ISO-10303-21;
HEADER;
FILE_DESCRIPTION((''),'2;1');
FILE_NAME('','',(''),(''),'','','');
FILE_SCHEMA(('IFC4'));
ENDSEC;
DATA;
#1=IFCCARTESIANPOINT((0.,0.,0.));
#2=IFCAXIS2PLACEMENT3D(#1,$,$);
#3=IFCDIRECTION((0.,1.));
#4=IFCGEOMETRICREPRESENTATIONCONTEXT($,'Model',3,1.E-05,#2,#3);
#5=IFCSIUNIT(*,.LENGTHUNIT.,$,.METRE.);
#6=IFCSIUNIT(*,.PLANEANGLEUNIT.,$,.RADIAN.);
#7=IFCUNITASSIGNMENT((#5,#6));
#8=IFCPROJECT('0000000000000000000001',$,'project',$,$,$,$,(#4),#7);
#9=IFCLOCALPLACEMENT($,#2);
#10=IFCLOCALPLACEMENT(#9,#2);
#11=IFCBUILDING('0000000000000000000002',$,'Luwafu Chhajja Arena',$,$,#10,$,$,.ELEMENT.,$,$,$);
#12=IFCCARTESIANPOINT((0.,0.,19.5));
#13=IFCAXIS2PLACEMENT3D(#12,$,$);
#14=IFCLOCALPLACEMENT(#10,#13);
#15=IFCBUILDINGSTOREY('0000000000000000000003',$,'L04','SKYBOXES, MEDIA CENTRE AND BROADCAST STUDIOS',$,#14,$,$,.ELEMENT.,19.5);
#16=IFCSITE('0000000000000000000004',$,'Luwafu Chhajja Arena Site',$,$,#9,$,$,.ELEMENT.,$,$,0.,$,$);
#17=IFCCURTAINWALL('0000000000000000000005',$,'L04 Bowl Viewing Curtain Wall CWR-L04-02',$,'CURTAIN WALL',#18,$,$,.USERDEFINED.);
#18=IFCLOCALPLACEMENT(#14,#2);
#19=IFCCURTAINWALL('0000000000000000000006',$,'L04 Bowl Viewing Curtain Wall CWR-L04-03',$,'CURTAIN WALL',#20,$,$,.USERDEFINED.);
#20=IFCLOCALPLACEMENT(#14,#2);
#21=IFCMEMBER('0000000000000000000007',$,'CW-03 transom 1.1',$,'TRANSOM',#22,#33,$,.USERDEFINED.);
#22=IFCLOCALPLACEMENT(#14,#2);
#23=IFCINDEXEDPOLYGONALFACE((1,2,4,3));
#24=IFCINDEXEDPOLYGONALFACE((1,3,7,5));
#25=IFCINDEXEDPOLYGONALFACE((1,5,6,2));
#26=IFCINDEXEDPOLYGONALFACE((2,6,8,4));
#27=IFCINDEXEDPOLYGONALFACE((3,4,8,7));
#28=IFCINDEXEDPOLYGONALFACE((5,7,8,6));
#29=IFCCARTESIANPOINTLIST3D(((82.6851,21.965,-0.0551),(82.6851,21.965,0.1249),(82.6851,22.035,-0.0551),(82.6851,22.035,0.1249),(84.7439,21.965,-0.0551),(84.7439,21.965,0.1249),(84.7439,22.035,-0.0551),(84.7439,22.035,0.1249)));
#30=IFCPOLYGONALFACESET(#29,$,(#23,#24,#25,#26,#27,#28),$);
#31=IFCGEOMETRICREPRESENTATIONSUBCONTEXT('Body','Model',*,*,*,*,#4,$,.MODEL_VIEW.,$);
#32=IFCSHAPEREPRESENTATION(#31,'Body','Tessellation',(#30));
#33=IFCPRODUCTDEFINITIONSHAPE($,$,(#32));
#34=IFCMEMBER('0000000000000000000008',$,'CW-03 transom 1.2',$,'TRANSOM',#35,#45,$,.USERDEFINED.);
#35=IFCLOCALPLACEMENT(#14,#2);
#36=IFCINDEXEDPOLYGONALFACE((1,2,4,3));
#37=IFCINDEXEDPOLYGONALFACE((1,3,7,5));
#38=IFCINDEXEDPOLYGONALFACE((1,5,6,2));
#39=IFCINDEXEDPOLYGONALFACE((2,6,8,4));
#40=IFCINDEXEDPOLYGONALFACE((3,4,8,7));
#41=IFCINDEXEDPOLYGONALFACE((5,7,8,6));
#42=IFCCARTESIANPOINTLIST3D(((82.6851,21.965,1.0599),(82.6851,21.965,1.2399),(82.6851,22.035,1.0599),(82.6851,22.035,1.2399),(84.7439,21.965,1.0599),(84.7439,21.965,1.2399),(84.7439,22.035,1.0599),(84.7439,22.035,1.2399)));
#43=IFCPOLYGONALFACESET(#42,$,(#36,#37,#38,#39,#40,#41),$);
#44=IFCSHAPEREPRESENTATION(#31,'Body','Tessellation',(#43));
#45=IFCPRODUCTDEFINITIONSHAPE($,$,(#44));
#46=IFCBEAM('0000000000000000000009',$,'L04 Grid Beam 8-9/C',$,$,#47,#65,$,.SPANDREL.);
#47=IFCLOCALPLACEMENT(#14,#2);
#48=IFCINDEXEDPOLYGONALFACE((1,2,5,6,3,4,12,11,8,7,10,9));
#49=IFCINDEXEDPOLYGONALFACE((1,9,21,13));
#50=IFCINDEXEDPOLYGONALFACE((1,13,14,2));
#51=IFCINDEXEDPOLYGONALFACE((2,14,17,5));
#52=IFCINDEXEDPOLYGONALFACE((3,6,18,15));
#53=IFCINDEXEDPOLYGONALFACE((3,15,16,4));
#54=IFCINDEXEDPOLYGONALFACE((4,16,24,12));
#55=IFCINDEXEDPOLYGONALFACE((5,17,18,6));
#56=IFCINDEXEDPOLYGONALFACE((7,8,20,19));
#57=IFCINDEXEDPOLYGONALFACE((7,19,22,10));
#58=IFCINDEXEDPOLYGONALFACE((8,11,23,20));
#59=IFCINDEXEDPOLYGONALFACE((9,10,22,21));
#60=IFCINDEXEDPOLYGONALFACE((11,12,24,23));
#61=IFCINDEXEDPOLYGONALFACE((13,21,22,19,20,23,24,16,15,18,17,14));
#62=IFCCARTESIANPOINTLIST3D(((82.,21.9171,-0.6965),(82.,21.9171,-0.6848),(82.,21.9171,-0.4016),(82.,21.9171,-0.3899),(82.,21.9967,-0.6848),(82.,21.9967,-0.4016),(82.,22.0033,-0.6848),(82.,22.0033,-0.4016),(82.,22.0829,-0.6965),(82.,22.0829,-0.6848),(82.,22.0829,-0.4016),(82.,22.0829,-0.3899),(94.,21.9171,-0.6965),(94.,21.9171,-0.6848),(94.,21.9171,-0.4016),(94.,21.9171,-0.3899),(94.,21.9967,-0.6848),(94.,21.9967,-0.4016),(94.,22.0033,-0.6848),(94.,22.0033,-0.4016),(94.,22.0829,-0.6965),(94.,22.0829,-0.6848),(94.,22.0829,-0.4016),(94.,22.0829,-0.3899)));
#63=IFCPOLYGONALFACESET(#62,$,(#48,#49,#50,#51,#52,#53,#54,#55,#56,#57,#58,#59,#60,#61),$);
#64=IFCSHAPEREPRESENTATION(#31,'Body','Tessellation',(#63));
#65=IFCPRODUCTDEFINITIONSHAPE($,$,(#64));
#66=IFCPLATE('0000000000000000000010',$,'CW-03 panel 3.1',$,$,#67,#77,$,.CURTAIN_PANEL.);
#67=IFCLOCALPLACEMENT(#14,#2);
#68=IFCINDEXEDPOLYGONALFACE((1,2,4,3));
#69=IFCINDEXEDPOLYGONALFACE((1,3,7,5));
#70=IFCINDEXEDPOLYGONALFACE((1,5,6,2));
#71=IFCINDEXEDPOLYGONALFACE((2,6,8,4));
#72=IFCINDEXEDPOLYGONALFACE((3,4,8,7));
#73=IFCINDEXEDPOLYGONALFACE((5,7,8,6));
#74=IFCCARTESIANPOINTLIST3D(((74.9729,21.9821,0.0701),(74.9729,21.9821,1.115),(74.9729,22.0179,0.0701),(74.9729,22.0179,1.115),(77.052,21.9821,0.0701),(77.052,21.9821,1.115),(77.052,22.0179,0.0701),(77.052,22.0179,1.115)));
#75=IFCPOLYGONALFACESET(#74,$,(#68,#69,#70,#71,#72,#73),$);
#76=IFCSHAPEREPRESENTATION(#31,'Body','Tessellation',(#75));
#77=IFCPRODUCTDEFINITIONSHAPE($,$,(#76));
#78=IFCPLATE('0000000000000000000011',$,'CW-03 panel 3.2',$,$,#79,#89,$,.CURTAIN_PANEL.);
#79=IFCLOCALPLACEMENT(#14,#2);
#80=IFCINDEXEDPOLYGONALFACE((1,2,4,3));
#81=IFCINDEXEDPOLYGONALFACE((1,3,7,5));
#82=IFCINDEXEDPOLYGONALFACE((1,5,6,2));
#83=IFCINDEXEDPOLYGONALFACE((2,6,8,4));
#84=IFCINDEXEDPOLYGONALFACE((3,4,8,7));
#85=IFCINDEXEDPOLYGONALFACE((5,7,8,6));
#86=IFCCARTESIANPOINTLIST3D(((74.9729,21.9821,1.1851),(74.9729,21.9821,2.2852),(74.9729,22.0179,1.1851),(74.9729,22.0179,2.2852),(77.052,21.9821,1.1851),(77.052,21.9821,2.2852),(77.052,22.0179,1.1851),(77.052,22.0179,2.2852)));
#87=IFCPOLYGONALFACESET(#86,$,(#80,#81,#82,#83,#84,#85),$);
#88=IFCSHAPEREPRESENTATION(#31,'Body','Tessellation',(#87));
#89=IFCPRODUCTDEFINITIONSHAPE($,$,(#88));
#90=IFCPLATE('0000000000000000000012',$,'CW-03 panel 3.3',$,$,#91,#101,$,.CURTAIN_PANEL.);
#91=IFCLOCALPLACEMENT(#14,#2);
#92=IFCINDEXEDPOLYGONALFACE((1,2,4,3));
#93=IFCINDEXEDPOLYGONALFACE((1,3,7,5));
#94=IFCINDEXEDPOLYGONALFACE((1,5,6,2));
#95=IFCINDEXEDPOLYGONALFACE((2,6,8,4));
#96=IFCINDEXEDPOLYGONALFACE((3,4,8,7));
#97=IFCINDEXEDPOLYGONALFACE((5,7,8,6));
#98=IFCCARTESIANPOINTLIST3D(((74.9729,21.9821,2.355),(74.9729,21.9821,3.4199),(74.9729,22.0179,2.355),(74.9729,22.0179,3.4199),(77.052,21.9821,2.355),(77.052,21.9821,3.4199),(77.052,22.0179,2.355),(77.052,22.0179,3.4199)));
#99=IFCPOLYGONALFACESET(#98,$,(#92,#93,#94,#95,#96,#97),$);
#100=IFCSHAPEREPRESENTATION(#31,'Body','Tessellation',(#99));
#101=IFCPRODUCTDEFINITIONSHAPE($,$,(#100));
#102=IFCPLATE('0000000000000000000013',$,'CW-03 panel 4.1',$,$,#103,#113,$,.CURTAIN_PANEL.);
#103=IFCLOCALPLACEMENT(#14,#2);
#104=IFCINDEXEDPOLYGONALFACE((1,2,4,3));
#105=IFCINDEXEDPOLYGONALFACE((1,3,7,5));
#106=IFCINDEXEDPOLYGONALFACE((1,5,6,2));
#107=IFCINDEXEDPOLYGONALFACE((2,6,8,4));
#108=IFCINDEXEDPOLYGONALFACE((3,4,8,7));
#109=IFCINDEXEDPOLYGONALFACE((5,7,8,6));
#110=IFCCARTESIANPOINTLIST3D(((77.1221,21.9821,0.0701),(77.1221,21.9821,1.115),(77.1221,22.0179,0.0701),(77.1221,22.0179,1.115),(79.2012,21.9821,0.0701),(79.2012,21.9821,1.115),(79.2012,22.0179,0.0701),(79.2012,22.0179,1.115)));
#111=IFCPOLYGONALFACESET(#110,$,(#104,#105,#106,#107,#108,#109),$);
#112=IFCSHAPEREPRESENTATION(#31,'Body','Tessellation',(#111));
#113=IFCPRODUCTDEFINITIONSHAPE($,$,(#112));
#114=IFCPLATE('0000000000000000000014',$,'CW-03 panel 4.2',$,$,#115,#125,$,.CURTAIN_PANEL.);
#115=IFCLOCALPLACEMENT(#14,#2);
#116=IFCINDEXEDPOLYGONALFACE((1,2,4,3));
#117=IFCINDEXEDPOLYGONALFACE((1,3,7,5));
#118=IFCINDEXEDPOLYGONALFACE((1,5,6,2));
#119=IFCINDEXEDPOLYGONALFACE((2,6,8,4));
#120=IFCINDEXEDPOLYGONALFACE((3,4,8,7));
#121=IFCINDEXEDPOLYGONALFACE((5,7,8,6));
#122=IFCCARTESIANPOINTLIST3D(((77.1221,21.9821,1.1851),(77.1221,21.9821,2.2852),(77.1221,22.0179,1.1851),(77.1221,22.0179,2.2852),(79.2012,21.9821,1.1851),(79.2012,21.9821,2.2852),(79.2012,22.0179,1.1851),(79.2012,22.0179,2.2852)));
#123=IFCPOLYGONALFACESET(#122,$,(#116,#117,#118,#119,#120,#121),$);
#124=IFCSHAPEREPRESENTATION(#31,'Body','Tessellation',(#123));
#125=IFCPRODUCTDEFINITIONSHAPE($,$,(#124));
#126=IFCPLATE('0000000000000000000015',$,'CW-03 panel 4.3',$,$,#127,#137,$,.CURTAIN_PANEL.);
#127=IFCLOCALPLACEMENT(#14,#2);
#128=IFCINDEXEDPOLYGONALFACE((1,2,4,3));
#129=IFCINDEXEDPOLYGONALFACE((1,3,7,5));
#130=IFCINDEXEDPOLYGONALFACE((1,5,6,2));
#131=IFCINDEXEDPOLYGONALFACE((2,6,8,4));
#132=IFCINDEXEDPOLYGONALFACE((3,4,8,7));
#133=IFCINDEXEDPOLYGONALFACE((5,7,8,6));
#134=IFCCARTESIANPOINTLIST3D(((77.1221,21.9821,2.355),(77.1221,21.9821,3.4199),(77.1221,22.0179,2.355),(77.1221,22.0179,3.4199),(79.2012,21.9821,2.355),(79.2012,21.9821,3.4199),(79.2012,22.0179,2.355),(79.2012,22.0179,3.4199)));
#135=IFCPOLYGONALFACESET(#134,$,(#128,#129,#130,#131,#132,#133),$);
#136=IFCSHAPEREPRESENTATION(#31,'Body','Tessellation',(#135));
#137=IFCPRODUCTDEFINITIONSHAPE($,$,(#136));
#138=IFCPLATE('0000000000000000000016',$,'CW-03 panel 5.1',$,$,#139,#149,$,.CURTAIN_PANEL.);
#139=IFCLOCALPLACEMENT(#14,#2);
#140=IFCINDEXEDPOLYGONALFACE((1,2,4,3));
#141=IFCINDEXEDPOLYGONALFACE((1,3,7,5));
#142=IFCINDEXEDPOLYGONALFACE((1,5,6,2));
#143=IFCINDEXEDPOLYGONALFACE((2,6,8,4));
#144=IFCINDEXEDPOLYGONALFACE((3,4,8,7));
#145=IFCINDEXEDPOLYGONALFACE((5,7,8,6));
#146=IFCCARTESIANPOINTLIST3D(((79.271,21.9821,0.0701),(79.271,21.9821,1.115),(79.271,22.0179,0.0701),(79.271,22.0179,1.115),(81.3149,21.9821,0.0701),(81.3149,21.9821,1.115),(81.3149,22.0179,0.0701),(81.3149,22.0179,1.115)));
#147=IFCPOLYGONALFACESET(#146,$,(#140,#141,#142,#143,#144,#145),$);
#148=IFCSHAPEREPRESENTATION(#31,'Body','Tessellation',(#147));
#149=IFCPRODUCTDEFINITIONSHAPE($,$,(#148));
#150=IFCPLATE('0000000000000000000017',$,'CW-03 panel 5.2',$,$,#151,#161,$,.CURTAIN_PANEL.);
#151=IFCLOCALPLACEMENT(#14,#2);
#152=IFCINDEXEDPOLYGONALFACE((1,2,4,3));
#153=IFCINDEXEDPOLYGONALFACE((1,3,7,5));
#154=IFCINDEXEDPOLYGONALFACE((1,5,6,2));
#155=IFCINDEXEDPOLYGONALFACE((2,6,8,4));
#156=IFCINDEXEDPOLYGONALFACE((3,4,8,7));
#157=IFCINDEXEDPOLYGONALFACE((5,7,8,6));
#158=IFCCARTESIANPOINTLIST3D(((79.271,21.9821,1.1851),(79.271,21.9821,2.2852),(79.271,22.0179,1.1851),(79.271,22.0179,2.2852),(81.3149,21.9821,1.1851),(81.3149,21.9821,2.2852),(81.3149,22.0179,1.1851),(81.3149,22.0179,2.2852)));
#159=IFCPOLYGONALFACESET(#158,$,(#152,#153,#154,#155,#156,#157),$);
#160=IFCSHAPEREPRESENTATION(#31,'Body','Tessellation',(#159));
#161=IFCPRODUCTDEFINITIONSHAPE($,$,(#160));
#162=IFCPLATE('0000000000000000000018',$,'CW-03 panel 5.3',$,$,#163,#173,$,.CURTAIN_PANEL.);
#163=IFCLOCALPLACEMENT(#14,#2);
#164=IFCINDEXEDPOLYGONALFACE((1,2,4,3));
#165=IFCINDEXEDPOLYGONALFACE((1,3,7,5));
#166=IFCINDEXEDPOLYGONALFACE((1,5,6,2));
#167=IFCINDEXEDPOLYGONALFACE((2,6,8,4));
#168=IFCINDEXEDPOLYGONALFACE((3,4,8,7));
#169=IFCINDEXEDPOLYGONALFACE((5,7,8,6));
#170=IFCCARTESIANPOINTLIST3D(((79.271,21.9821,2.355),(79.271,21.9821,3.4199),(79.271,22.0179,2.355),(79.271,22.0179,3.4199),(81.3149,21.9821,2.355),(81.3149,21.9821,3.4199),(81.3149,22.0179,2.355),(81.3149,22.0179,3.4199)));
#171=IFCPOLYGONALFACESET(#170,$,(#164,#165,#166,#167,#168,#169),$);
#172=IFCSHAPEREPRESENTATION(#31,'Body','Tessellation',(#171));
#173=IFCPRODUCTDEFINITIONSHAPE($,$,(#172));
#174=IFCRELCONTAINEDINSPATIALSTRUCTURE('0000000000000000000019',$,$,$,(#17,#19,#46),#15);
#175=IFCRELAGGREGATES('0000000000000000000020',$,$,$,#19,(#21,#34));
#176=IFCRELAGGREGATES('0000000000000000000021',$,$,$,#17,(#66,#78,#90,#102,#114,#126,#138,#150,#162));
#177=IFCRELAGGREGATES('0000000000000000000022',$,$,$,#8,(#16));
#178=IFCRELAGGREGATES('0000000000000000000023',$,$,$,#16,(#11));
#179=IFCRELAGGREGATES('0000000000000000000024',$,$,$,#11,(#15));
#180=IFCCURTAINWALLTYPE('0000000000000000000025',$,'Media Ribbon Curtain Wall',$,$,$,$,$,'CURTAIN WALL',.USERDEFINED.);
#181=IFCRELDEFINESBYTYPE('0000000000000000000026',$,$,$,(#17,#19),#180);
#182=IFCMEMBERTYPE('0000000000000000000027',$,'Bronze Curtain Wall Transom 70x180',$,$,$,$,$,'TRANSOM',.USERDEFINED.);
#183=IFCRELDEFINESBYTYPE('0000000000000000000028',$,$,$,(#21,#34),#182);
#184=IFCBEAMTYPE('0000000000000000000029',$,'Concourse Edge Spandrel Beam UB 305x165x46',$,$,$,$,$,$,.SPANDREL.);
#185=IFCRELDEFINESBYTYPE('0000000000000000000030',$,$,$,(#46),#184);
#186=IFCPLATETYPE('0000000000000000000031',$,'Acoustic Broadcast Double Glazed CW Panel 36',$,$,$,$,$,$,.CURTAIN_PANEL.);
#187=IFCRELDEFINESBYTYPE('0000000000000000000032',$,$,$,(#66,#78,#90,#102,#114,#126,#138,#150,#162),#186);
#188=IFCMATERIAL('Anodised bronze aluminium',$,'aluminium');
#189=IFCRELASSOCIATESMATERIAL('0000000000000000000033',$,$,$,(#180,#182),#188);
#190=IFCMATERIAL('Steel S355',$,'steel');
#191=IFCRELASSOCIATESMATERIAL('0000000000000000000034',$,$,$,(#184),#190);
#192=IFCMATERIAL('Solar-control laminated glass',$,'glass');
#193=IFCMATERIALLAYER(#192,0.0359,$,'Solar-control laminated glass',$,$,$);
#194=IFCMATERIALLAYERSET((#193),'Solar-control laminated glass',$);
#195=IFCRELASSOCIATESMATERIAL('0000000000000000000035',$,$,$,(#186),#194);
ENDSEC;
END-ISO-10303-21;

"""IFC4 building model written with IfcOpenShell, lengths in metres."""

from ifc_helpers import new_model, si_unit, direction, frame, origin, origin_2d, place, context, subcontext, project, spatial, rectangle, i_section, extrude, material, layer, layer_set, material_profile, profile_set, type_object, element, aggregate, save


model = new_model("IFC4")

# Units and contexts
model_context = context("Model", 3, precision=1e-05, world=origin(), true_north=direction((0.0, 1.0)))
body_context = subcontext(model_context, "Body", "Model", "MODEL_VIEW")
ifc_project = project(units=[si_unit("LENGTHUNIT", "METRE"), si_unit("PLANEANGLEUNIT", "RADIAN")], contexts=[model_context])

# Site, building, storey
site_placement = place(None, origin())
site = spatial("IfcSite", under=ifc_project, at=site_placement, Name="Luwafu Chhajja Arena Site", CompositionType="ELEMENT", RefElevation=0.0)
building_placement = place(site_placement, origin())
building = spatial("IfcBuilding", under=site, at=building_placement, Name="Luwafu Chhajja Arena", CompositionType="ELEMENT")
storey_placement = place(building_placement, frame((0.0, 0.0, 19.5)))
storey = spatial("IfcBuildingStorey", under=building, at=storey_placement, Name="L04", Description="SKYBOXES, MEDIA CENTRE AND BROADCAST STUDIOS", CompositionType="ELEMENT", Elevation=19.5)

# Curtain wall
ifc_material_1 = material(Name="Anodised bronze aluminium", Category="aluminium")
curtain_wall_type = type_object("IfcCurtainWallType", Name="Media Ribbon Curtain Wall", ElementType="CURTAIN WALL", PredefinedType="USERDEFINED", material=ifc_material_1)
curtain_wall_1_placement = place(storey_placement, origin())
curtain_wall_1 = element("IfcCurtainWall", 1, at=curtain_wall_1_placement, inside=storey, type_object=curtain_wall_type, Name="L04 Bowl Viewing Curtain Wall CWR-L04-02", ObjectType="CURTAIN WALL", PredefinedType="USERDEFINED")

# Curtain wall
curtain_wall_2_placement = place(storey_placement, origin())
curtain_wall_2 = element("IfcCurtainWall", 2, at=curtain_wall_2_placement, inside=storey, type_object=curtain_wall_type, Name="L04 Bowl Viewing Curtain Wall CWR-L04-03", ObjectType="CURTAIN WALL", PredefinedType="USERDEFINED")

# Members
ifc_material_profile_1 = material_profile(ifc_material_1, rectangle(XDim=0.0701, YDim=0.1799, at=origin_2d()), Name="CWT 70x180")
ifc_profile_set_1 = profile_set([ifc_material_profile_1], Name="Anodised bronze aluminium")
member_type_1 = type_object("IfcMemberType", Name="Bronze Curtain Wall Transom 70x180", ElementType="TRANSOM", PredefinedType="USERDEFINED", material=ifc_profile_set_1)
member_1_placement = place(storey_placement, frame((82.6851, 22.0, 0.0349), z_axis=(1.0, 0.0, 0.0), x_axis=(0.0, 1.0, 0.0)))
member_1 = element("IfcMember", 3, at=member_1_placement, type_object=member_type_1, Name="CW-03 transom 1.1", ObjectType="TRANSOM", PredefinedType="USERDEFINED", context=body_context, shape_type="SweptSolid", body=[
    extrude(rectangle(XDim=0.0701, YDim=0.1799, at=origin_2d()), origin(), (0.0, 0.0, 1.0), 2.0588),
])
member_2_placement = place(storey_placement, frame((82.6851, 22.0, 1.1499), z_axis=(1.0, 0.0, 0.0), x_axis=(0.0, 1.0, 0.0)))
member_2 = element("IfcMember", 4, at=member_2_placement, type_object=member_type_1, Name="CW-03 transom 1.2", ObjectType="TRANSOM", PredefinedType="USERDEFINED", context=body_context, shape_type="SweptSolid", body=[
    extrude(rectangle(XDim=0.0701, YDim=0.1799, at=origin_2d()), origin(), (0.0, 0.0, 1.0), 2.0588),
])
aggregate(curtain_wall_2, [member_1, member_2])

# Beam
ifc_material_2 = material(Name="Steel S355", Category="steel")
ifc_material_profile_2 = material_profile(ifc_material_2, i_section(OverallWidth=0.1658, OverallDepth=0.3066, WebThickness=0.0066, FlangeThickness=0.0117, at=origin_2d()), Name="UB 305x165x46")
ifc_profile_set_2 = profile_set([ifc_material_profile_2], Name="Steel S355")
beam_type = type_object("IfcBeamType", Name="Concourse Edge Spandrel Beam UB 305x165x46", PredefinedType="SPANDREL", material=ifc_profile_set_2)
beam_placement = place(storey_placement, frame((82.0, 22.0, -0.5432), z_axis=(1.0, 0.0, 0.0), x_axis=(0.0, 1.0, 0.0)))
element("IfcBeam", 5, at=beam_placement, inside=storey, type_object=beam_type, Name="L04 Grid Beam 8-9/C", PredefinedType="SPANDREL", context=body_context, shape_type="SweptSolid", body=[
    extrude(i_section(OverallWidth=0.1658, OverallDepth=0.3066, WebThickness=0.0066, FlangeThickness=0.0117, at=origin_2d()), origin(), (0.0, 0.0, 1.0), 12.0),
])

# Plates
ifc_material_3 = material(Name="Solar-control laminated glass", Category="glass")
ifc_layer = layer(ifc_material_3, 0.0359, Name="Solar-control laminated glass")
ifc_layer_set = layer_set([ifc_layer], Name="Solar-control laminated glass")
plate_type = type_object("IfcPlateType", Name="Acoustic Broadcast Double Glazed CW Panel 36", PredefinedType="CURTAIN_PANEL", material=ifc_layer_set)
plate_1_placement = place(storey_placement, frame((76.0125, 22.0, 0.0701), z_axis=(0.0, 0.0, 1.0), x_axis=(1.0, 0.0, 0.0)))
plate_1 = element("IfcPlate", 6, at=plate_1_placement, type_object=plate_type, Name="CW-03 panel 3.1", PredefinedType="CURTAIN_PANEL", context=body_context, shape_type="SweptSolid", body=[
    extrude(rectangle(XDim=2.0791, YDim=0.0359, at=origin_2d()), origin(), (0.0, 0.0, 1.0), 1.0449),
])
plate_2_placement = place(storey_placement, frame((76.0125, 22.0, 1.1851), z_axis=(0.0, 0.0, 1.0), x_axis=(1.0, 0.0, 0.0)))
plate_2 = element("IfcPlate", 7, at=plate_2_placement, type_object=plate_type, Name="CW-03 panel 3.2", PredefinedType="CURTAIN_PANEL", context=body_context, shape_type="SweptSolid", body=[
    extrude(rectangle(XDim=2.0791, YDim=0.0359, at=origin_2d()), origin(), (0.0, 0.0, 1.0), 1.1001),
])
plate_3_placement = place(storey_placement, frame((76.0125, 22.0, 2.355), z_axis=(0.0, 0.0, 1.0), x_axis=(1.0, 0.0, 0.0)))
plate_3 = element("IfcPlate", 8, at=plate_3_placement, type_object=plate_type, Name="CW-03 panel 3.3", PredefinedType="CURTAIN_PANEL", context=body_context, shape_type="SweptSolid", body=[
    extrude(rectangle(XDim=2.0791, YDim=0.0359, at=origin_2d()), origin(), (0.0, 0.0, 1.0), 1.0649),
])
plate_4_placement = place(storey_placement, frame((78.1616, 22.0, 0.0701), z_axis=(0.0, 0.0, 1.0), x_axis=(1.0, 0.0, 0.0)))
plate_4 = element("IfcPlate", 9, at=plate_4_placement, type_object=plate_type, Name="CW-03 panel 4.1", PredefinedType="CURTAIN_PANEL", context=body_context, shape_type="SweptSolid", body=[
    extrude(rectangle(XDim=2.0791, YDim=0.0359, at=origin_2d()), origin(), (0.0, 0.0, 1.0), 1.0449),
])
plate_5_placement = place(storey_placement, frame((78.1616, 22.0, 1.1851), z_axis=(0.0, 0.0, 1.0), x_axis=(1.0, 0.0, 0.0)))
plate_5 = element("IfcPlate", 10, at=plate_5_placement, type_object=plate_type, Name="CW-03 panel 4.2", PredefinedType="CURTAIN_PANEL", context=body_context, shape_type="SweptSolid", body=[
    extrude(rectangle(XDim=2.0791, YDim=0.0359, at=origin_2d()), origin(), (0.0, 0.0, 1.0), 1.1001),
])
plate_6_placement = place(storey_placement, frame((78.1616, 22.0, 2.355), z_axis=(0.0, 0.0, 1.0), x_axis=(1.0, 0.0, 0.0)))
plate_6 = element("IfcPlate", 11, at=plate_6_placement, type_object=plate_type, Name="CW-03 panel 4.3", PredefinedType="CURTAIN_PANEL", context=body_context, shape_type="SweptSolid", body=[
    extrude(rectangle(XDim=2.0791, YDim=0.0359, at=origin_2d()), origin(), (0.0, 0.0, 1.0), 1.0649),
])
plate_7_placement = place(storey_placement, frame((80.293, 22.0, 0.0701), z_axis=(0.0, 0.0, 1.0), x_axis=(1.0, 0.0, 0.0)))
plate_7 = element("IfcPlate", 12, at=plate_7_placement, type_object=plate_type, Name="CW-03 panel 5.1", PredefinedType="CURTAIN_PANEL", context=body_context, shape_type="SweptSolid", body=[
    extrude(rectangle(XDim=2.0439, YDim=0.0359, at=origin_2d()), origin(), (0.0, 0.0, 1.0), 1.0449),
])
plate_8_placement = place(storey_placement, frame((80.293, 22.0, 1.1851), z_axis=(0.0, 0.0, 1.0), x_axis=(1.0, 0.0, 0.0)))
plate_8 = element("IfcPlate", 13, at=plate_8_placement, type_object=plate_type, Name="CW-03 panel 5.2", PredefinedType="CURTAIN_PANEL", context=body_context, shape_type="SweptSolid", body=[
    extrude(rectangle(XDim=2.0439, YDim=0.0359, at=origin_2d()), origin(), (0.0, 0.0, 1.0), 1.1001),
])
plate_9_placement = place(storey_placement, frame((80.293, 22.0, 2.355), z_axis=(0.0, 0.0, 1.0), x_axis=(1.0, 0.0, 0.0)))
plate_9 = element("IfcPlate", 14, at=plate_9_placement, type_object=plate_type, Name="CW-03 panel 5.3", PredefinedType="CURTAIN_PANEL", context=body_context, shape_type="SweptSolid", body=[
    extrude(rectangle(XDim=2.0439, YDim=0.0359, at=origin_2d()), origin(), (0.0, 0.0, 1.0), 1.0649),
])
aggregate(curtain_wall_1, [plate_1, plate_2, plate_3, plate_4, plate_5, plate_6, plate_7, plate_8, plate_9])

save(model, "model.ifc")
